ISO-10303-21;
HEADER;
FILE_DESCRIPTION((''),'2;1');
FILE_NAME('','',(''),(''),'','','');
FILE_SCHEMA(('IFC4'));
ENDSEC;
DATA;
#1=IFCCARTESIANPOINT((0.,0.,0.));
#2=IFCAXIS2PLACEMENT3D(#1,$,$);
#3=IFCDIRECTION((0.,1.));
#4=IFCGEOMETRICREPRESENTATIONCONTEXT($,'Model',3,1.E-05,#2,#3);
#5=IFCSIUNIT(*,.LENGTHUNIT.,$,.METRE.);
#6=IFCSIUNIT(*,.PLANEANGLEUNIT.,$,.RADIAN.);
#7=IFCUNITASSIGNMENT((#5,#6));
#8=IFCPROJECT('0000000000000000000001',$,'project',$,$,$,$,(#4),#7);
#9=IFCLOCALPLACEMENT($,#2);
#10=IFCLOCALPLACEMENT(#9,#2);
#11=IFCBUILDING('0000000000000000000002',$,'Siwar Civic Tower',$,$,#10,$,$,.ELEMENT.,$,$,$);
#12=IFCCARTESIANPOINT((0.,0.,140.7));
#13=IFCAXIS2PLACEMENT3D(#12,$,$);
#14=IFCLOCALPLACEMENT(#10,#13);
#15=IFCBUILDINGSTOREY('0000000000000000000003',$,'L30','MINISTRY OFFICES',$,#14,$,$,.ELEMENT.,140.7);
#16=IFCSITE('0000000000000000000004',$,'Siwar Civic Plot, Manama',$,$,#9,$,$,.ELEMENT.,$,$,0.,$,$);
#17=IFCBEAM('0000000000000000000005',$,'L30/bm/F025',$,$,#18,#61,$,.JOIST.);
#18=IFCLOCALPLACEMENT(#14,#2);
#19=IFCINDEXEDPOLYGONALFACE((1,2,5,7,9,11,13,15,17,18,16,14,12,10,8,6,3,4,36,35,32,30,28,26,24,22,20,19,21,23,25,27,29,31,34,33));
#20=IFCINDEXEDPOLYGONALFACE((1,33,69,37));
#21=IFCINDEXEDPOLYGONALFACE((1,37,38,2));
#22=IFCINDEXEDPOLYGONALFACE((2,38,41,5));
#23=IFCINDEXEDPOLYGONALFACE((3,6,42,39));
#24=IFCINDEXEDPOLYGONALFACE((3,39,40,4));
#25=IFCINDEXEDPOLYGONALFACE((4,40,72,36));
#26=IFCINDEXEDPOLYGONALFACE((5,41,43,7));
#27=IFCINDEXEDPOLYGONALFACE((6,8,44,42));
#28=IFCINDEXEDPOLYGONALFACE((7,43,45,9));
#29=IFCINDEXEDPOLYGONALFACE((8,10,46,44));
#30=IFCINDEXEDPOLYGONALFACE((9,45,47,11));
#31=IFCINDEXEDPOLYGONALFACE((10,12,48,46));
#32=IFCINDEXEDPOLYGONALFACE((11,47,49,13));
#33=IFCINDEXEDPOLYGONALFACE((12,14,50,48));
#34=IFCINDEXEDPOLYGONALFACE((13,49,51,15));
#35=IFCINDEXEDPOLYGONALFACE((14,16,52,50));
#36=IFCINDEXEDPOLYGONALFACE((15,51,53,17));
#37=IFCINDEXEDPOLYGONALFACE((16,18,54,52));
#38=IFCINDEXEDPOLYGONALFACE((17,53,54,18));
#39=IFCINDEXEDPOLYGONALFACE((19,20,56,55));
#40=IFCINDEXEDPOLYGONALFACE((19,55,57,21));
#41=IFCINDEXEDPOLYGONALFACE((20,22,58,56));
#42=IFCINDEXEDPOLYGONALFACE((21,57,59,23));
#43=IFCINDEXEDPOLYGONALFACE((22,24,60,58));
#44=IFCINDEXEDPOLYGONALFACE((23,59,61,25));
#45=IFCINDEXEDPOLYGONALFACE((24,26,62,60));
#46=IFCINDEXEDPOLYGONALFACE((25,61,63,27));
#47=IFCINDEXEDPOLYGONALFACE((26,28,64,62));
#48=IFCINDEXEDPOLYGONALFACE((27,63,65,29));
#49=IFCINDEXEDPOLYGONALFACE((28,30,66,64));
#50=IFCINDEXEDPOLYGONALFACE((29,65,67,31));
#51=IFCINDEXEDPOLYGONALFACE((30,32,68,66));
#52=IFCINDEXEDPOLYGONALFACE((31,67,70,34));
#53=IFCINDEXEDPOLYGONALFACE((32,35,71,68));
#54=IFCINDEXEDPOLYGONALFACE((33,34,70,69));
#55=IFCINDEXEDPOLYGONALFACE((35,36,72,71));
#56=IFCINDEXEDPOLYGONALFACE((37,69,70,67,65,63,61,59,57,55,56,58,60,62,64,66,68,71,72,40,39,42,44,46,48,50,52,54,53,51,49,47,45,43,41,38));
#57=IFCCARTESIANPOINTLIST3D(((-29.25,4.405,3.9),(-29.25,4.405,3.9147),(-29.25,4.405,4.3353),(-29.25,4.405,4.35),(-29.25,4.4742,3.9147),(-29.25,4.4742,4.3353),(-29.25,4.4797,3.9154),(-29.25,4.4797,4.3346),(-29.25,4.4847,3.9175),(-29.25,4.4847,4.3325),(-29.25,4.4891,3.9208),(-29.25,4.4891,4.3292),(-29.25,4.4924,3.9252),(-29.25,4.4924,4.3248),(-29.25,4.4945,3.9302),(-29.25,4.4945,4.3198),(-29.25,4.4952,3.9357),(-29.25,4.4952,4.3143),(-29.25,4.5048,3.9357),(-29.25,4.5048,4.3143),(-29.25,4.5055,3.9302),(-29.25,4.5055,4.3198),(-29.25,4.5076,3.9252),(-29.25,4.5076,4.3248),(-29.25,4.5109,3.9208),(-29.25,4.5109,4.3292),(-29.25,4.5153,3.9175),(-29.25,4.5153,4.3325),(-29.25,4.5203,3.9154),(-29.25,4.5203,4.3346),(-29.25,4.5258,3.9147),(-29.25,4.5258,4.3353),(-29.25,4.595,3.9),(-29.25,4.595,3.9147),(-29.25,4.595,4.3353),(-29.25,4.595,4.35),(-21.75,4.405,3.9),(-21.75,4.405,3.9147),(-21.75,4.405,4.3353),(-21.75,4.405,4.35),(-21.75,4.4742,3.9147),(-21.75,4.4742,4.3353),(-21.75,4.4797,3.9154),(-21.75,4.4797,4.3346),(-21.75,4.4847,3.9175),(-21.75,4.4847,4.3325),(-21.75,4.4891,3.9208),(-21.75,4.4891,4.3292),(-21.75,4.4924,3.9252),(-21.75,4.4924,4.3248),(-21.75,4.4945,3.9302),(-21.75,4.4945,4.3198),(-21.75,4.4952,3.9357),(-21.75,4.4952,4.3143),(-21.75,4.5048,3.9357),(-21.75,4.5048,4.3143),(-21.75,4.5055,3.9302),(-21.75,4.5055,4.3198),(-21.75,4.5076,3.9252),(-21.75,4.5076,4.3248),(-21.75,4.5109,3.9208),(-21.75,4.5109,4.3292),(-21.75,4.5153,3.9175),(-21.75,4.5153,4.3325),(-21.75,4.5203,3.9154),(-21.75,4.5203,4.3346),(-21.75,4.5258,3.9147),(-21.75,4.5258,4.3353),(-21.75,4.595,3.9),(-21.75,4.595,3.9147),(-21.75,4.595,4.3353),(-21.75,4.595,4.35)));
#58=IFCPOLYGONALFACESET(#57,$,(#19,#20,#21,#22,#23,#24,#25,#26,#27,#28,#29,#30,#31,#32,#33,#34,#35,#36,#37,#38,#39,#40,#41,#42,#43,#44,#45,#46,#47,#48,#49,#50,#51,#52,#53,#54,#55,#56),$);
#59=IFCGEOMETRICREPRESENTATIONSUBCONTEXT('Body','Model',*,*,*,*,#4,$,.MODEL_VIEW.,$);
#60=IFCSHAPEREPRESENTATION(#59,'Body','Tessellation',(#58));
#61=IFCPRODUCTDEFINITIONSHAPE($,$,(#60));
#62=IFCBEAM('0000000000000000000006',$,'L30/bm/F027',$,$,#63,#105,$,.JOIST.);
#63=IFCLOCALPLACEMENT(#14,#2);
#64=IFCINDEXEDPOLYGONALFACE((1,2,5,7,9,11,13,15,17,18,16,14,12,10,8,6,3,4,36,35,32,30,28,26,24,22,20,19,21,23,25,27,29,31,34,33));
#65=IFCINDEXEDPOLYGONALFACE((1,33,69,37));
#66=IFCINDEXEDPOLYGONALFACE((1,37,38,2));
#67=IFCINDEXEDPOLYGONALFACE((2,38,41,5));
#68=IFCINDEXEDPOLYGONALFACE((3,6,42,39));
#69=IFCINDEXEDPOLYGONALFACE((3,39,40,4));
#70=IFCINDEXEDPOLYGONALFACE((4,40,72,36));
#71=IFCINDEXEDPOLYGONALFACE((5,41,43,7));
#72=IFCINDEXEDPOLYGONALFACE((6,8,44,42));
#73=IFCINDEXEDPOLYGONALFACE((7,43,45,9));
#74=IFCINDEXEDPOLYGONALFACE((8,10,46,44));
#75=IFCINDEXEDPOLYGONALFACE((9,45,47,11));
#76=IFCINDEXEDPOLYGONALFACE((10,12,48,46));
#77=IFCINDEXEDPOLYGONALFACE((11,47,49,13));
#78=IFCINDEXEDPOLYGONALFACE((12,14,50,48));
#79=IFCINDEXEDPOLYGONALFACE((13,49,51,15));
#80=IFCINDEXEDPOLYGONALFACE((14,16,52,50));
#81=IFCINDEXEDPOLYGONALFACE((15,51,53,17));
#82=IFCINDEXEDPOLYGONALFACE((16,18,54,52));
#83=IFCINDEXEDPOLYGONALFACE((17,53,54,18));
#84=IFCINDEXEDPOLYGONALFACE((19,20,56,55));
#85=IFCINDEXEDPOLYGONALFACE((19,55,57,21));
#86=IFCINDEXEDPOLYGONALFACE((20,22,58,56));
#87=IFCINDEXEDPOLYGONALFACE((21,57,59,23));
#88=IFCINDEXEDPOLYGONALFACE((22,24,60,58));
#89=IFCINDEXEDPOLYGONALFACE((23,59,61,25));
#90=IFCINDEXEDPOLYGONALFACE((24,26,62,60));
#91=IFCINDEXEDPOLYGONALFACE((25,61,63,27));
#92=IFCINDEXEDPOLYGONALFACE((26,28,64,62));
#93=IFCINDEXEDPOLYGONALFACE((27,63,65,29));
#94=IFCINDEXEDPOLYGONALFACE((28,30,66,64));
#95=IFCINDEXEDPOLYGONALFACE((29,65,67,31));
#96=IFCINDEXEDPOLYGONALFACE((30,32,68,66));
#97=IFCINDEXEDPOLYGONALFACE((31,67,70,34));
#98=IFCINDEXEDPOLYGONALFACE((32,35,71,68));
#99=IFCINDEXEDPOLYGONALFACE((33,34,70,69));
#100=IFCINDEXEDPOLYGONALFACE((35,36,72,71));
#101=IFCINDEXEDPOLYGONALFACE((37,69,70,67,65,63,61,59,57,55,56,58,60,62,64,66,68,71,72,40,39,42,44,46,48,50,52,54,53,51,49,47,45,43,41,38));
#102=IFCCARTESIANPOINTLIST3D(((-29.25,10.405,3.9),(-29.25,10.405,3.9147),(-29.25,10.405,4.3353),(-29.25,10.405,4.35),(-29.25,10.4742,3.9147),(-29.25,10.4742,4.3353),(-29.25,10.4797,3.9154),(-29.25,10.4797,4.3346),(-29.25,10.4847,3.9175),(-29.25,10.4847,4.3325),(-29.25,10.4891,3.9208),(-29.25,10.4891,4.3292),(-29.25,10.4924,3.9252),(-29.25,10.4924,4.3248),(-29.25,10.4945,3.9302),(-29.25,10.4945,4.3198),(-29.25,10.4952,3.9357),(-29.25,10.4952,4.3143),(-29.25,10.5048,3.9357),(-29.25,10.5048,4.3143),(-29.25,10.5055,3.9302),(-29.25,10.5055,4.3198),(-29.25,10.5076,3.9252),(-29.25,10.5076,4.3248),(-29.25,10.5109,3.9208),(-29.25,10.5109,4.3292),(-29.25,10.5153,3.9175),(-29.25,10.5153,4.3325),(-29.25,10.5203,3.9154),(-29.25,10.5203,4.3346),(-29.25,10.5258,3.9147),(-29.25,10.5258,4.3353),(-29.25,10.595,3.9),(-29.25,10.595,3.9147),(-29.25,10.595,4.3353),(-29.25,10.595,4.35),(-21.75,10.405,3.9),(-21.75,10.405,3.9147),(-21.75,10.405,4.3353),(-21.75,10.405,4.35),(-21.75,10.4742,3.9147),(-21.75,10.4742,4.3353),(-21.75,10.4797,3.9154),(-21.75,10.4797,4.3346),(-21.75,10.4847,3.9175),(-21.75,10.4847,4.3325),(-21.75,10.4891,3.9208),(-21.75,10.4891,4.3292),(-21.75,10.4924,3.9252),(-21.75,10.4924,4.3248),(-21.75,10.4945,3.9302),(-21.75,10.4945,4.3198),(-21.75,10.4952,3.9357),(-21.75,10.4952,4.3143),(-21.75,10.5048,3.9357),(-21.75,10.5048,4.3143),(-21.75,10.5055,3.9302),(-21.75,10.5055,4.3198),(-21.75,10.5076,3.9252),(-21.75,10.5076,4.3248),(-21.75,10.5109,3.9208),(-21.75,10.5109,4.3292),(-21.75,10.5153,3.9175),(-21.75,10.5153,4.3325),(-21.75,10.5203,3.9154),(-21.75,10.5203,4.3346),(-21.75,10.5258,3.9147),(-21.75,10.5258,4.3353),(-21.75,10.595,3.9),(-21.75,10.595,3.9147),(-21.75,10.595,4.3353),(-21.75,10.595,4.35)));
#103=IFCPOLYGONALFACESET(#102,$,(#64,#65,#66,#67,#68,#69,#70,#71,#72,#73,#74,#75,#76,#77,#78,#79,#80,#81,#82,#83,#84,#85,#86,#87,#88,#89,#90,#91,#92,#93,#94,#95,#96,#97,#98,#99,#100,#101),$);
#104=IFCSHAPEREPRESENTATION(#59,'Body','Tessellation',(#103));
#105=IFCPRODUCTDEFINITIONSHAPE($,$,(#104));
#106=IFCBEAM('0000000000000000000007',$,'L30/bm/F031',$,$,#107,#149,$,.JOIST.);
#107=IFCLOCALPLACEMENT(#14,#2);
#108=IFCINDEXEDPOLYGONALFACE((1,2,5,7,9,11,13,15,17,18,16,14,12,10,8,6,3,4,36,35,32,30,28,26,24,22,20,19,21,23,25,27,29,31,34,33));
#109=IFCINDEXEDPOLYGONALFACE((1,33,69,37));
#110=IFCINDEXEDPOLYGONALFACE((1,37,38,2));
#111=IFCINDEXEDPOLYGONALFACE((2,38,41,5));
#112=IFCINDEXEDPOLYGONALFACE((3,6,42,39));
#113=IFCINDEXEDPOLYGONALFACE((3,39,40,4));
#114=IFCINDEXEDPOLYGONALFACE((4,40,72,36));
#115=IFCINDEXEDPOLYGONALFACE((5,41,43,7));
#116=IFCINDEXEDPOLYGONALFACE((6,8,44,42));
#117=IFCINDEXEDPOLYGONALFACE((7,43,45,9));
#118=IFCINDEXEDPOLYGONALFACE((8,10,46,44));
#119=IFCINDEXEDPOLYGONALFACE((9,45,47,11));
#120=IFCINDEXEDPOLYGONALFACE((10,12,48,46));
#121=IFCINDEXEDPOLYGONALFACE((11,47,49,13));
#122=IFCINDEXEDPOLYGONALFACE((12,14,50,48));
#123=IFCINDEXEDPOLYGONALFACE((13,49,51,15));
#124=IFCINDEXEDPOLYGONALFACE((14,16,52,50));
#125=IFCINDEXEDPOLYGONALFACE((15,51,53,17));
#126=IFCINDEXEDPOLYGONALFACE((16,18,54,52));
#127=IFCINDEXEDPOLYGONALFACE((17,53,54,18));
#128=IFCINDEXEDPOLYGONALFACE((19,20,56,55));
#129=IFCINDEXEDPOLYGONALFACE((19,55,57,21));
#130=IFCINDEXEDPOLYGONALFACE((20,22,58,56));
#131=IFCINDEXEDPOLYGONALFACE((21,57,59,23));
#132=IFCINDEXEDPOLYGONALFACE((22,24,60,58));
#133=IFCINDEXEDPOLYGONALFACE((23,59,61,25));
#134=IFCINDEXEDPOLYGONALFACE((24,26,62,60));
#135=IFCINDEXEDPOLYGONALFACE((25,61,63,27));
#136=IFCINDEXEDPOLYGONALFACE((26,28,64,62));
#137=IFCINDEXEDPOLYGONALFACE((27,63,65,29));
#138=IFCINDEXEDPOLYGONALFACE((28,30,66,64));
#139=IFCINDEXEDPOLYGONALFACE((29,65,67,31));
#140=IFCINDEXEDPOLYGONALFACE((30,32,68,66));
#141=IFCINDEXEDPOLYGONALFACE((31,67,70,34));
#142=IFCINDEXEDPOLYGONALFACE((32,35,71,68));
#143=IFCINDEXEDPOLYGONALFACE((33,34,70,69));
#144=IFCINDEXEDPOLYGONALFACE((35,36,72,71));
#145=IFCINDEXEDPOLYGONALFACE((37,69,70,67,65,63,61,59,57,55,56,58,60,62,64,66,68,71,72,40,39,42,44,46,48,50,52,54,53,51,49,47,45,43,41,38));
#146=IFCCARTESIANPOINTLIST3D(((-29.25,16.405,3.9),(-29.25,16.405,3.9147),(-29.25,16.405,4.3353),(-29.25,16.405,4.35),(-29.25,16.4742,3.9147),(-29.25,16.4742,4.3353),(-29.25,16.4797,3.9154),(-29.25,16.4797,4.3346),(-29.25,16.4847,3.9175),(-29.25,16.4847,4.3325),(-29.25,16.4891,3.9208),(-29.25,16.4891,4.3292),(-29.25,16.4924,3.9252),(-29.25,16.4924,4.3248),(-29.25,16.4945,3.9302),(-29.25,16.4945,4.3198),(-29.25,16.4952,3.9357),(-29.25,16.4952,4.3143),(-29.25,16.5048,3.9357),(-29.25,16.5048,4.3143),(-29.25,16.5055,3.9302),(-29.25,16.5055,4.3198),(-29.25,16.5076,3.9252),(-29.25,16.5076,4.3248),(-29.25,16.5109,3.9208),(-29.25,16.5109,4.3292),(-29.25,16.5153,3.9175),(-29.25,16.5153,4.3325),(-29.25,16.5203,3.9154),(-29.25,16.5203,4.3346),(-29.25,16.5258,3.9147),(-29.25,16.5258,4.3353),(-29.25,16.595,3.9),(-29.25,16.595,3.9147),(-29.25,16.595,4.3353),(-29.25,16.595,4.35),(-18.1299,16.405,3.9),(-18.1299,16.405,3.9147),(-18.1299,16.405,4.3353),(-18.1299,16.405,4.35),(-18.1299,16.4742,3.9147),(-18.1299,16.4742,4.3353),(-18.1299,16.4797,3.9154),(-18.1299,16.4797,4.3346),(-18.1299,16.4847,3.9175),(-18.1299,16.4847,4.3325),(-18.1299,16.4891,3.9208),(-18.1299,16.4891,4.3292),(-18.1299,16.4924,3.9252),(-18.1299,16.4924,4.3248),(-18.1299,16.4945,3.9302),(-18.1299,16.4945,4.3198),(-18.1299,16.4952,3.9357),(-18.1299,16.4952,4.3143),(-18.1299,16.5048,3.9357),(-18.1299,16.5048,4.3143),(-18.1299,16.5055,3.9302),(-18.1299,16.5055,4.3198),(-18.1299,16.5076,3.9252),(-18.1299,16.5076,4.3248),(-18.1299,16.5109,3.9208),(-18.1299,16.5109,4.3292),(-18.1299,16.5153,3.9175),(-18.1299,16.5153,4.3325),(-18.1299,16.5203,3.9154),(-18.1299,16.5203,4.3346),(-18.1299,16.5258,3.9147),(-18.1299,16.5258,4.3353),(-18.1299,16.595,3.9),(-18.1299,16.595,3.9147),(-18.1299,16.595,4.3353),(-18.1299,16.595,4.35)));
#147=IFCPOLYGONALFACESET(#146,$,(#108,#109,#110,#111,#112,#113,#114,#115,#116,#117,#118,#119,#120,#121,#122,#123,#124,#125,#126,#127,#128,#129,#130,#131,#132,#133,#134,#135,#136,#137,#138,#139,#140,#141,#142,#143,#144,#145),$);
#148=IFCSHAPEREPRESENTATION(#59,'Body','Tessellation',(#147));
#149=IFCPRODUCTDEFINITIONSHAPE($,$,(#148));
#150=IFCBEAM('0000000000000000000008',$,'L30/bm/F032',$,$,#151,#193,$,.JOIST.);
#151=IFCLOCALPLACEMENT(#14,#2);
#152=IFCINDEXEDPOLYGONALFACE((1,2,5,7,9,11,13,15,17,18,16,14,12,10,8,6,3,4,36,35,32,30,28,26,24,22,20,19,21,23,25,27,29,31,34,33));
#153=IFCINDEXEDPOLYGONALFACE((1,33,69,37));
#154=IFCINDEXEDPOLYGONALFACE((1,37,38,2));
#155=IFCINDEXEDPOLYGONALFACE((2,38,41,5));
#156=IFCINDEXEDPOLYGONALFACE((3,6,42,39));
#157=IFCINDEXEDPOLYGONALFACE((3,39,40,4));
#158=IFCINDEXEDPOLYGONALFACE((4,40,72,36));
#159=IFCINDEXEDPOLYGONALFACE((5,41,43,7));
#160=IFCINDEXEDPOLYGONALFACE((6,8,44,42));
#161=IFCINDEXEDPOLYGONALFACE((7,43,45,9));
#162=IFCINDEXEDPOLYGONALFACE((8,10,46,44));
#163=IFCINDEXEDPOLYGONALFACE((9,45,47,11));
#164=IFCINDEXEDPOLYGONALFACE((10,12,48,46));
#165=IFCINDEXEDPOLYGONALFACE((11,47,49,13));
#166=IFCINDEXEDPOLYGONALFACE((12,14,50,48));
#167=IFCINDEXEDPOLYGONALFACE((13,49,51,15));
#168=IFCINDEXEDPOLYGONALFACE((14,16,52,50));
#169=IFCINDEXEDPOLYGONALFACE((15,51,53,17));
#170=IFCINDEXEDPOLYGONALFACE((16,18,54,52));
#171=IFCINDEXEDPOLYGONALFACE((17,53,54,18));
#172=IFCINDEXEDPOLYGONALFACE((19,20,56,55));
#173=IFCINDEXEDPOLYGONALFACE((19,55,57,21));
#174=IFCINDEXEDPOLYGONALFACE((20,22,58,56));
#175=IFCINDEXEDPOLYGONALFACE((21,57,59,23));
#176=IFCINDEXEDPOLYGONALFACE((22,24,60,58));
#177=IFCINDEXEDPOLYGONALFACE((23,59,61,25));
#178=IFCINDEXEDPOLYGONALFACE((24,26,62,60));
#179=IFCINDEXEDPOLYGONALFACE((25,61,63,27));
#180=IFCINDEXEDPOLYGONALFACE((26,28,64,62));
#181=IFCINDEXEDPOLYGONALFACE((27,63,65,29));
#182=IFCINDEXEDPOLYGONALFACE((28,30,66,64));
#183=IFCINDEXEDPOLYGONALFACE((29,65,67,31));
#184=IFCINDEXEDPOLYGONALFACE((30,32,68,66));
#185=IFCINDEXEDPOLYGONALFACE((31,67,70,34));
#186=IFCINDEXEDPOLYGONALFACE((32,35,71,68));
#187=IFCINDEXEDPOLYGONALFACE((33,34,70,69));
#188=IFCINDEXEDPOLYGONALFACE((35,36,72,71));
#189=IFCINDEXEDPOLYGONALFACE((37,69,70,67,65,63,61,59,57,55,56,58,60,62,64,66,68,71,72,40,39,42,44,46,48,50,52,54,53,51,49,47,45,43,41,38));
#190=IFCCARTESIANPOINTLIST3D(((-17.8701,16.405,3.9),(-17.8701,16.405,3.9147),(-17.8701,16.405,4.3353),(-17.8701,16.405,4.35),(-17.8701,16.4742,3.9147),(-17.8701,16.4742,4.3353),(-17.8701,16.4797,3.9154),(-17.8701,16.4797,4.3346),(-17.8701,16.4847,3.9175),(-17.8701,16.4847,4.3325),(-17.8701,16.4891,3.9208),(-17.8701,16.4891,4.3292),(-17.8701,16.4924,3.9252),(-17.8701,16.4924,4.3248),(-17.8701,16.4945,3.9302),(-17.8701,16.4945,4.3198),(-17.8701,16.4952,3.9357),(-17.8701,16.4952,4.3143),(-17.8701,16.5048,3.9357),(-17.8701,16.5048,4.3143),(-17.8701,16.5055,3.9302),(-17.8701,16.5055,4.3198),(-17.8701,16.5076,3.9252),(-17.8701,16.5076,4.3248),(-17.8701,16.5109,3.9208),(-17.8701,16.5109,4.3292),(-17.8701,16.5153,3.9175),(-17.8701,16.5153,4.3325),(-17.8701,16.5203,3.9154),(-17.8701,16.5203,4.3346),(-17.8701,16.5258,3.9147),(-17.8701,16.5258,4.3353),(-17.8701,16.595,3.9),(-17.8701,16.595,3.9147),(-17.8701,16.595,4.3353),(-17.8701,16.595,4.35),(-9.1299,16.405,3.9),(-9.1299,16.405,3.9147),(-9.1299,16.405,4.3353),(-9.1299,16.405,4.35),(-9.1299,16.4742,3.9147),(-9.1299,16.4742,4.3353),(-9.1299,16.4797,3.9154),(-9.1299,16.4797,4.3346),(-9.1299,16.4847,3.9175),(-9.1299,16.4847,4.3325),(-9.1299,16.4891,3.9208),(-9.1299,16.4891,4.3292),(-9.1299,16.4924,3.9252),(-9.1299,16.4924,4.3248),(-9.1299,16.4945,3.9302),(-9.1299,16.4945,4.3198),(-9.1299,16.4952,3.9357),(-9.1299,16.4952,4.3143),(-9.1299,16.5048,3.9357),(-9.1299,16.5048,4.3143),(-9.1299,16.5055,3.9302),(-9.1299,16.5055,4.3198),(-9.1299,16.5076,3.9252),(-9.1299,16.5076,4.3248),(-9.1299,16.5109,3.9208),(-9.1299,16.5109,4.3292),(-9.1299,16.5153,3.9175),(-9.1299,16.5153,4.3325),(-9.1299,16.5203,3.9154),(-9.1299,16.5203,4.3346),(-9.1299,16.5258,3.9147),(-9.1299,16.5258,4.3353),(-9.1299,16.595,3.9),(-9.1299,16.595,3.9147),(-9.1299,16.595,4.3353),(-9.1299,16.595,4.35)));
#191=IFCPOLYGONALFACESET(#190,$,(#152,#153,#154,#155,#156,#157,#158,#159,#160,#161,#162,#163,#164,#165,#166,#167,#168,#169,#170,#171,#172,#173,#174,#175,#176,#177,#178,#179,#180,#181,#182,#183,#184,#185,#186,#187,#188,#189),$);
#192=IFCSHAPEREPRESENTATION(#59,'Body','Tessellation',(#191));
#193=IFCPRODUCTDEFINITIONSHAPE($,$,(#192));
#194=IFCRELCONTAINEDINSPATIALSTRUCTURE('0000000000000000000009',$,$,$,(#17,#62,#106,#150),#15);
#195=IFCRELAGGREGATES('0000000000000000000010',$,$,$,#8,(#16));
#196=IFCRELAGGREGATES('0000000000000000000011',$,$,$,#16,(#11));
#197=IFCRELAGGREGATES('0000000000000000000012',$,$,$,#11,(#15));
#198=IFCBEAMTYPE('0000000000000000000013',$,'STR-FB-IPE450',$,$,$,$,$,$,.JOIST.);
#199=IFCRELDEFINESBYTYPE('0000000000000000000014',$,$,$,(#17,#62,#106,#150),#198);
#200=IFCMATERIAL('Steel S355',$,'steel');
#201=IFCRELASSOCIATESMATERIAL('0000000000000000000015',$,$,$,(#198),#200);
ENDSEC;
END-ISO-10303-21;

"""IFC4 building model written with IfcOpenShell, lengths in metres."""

from ifc_helpers import new_model, si_unit, direction, frame, origin, origin_2d, place, context, subcontext, project, spatial, i_section, extrude, material, material_profile, profile_set, type_object, element, save


model = new_model("IFC4")

# Units and contexts
model_context = context("Model", 3, precision=1e-05, world=origin(), true_north=direction((0.0, 1.0)))
body_context = subcontext(model_context, "Body", "Model", "MODEL_VIEW")
ifc_project = project(units=[si_unit("LENGTHUNIT", "METRE"), si_unit("PLANEANGLEUNIT", "RADIAN")], contexts=[model_context])

# Site, building, storey
site_placement = place(None, origin())
site = spatial("IfcSite", under=ifc_project, at=site_placement, Name="Siwar Civic Plot, Manama", CompositionType="ELEMENT", RefElevation=0.0)
building_placement = place(site_placement, origin())
building = spatial("IfcBuilding", under=site, at=building_placement, Name="Siwar Civic Tower", CompositionType="ELEMENT")
storey_placement = place(building_placement, frame((0.0, 0.0, 140.7)))
storey = spatial("IfcBuildingStorey", under=building, at=storey_placement, Name="L30", Description="MINISTRY OFFICES", CompositionType="ELEMENT", Elevation=140.7)

# Beams
ifc_material_1 = material(Name="Steel S355", Category="steel")
ifc_material_profile_1 = material_profile(ifc_material_1, i_section(OverallWidth=0.1899, OverallDepth=0.45, WebThickness=0.0095, FlangeThickness=0.0146, FilletRadius=0.021, at=origin_2d()), Name="IPE450")
ifc_profile_set_1 = profile_set([ifc_material_profile_1], Name="Steel S355")
beam_type_1 = type_object("IfcBeamType", Name="STR-FB-IPE450", PredefinedType="JOIST", material=ifc_profile_set_1)
for number, where, z_axis, x_axis, name in (
    (1, (-29.25, 4.5, 4.125), (1.0, 0.0, 0.0), (0.0, 1.0, 0.0), "L30/bm/F025"),
    (2, (-29.25, 10.5, 4.125), (1.0, 0.0, 0.0), (0.0, 1.0, 0.0), "L30/bm/F027"),
):
    element("IfcBeam", number, at=place(storey_placement, frame(where, z_axis=z_axis, x_axis=x_axis)), inside=storey, type_object=beam_type_1, Name=name, PredefinedType="JOIST", context=body_context, shape_type="SweptSolid", body=[
        extrude(i_section(OverallWidth=0.1899, OverallDepth=0.45, WebThickness=0.0095, FlangeThickness=0.0146, FilletRadius=0.021, at=origin_2d()), origin(), (0.0, 0.0, 1.0), 7.5),
    ])
beam_1_placement = place(storey_placement, frame((-29.25, 16.5, 4.125), z_axis=(1.0, 0.0, 0.0), x_axis=(0.0, 1.0, 0.0)))
element("IfcBeam", 3, at=beam_1_placement, inside=storey, type_object=beam_type_1, Name="L30/bm/F031", PredefinedType="JOIST", context=body_context, shape_type="SweptSolid", body=[
    extrude(i_section(OverallWidth=0.1899, OverallDepth=0.45, WebThickness=0.0095, FlangeThickness=0.0146, FilletRadius=0.021, at=origin_2d()), origin(), (0.0, 0.0, 1.0), 11.1201),
])
beam_2_placement = place(storey_placement, frame((-17.8701, 16.5, 4.125), z_axis=(1.0, 0.0, 0.0), x_axis=(0.0, 1.0, 0.0)))
element("IfcBeam", 4, at=beam_2_placement, inside=storey, type_object=beam_type_1, Name="L30/bm/F032", PredefinedType="JOIST", context=body_context, shape_type="SweptSolid", body=[
    extrude(i_section(OverallWidth=0.1899, OverallDepth=0.45, WebThickness=0.0095, FlangeThickness=0.0146, FilletRadius=0.021, at=origin_2d()), origin(), (0.0, 0.0, 1.0), 8.7402),
])

save(model, "model.ifc")
